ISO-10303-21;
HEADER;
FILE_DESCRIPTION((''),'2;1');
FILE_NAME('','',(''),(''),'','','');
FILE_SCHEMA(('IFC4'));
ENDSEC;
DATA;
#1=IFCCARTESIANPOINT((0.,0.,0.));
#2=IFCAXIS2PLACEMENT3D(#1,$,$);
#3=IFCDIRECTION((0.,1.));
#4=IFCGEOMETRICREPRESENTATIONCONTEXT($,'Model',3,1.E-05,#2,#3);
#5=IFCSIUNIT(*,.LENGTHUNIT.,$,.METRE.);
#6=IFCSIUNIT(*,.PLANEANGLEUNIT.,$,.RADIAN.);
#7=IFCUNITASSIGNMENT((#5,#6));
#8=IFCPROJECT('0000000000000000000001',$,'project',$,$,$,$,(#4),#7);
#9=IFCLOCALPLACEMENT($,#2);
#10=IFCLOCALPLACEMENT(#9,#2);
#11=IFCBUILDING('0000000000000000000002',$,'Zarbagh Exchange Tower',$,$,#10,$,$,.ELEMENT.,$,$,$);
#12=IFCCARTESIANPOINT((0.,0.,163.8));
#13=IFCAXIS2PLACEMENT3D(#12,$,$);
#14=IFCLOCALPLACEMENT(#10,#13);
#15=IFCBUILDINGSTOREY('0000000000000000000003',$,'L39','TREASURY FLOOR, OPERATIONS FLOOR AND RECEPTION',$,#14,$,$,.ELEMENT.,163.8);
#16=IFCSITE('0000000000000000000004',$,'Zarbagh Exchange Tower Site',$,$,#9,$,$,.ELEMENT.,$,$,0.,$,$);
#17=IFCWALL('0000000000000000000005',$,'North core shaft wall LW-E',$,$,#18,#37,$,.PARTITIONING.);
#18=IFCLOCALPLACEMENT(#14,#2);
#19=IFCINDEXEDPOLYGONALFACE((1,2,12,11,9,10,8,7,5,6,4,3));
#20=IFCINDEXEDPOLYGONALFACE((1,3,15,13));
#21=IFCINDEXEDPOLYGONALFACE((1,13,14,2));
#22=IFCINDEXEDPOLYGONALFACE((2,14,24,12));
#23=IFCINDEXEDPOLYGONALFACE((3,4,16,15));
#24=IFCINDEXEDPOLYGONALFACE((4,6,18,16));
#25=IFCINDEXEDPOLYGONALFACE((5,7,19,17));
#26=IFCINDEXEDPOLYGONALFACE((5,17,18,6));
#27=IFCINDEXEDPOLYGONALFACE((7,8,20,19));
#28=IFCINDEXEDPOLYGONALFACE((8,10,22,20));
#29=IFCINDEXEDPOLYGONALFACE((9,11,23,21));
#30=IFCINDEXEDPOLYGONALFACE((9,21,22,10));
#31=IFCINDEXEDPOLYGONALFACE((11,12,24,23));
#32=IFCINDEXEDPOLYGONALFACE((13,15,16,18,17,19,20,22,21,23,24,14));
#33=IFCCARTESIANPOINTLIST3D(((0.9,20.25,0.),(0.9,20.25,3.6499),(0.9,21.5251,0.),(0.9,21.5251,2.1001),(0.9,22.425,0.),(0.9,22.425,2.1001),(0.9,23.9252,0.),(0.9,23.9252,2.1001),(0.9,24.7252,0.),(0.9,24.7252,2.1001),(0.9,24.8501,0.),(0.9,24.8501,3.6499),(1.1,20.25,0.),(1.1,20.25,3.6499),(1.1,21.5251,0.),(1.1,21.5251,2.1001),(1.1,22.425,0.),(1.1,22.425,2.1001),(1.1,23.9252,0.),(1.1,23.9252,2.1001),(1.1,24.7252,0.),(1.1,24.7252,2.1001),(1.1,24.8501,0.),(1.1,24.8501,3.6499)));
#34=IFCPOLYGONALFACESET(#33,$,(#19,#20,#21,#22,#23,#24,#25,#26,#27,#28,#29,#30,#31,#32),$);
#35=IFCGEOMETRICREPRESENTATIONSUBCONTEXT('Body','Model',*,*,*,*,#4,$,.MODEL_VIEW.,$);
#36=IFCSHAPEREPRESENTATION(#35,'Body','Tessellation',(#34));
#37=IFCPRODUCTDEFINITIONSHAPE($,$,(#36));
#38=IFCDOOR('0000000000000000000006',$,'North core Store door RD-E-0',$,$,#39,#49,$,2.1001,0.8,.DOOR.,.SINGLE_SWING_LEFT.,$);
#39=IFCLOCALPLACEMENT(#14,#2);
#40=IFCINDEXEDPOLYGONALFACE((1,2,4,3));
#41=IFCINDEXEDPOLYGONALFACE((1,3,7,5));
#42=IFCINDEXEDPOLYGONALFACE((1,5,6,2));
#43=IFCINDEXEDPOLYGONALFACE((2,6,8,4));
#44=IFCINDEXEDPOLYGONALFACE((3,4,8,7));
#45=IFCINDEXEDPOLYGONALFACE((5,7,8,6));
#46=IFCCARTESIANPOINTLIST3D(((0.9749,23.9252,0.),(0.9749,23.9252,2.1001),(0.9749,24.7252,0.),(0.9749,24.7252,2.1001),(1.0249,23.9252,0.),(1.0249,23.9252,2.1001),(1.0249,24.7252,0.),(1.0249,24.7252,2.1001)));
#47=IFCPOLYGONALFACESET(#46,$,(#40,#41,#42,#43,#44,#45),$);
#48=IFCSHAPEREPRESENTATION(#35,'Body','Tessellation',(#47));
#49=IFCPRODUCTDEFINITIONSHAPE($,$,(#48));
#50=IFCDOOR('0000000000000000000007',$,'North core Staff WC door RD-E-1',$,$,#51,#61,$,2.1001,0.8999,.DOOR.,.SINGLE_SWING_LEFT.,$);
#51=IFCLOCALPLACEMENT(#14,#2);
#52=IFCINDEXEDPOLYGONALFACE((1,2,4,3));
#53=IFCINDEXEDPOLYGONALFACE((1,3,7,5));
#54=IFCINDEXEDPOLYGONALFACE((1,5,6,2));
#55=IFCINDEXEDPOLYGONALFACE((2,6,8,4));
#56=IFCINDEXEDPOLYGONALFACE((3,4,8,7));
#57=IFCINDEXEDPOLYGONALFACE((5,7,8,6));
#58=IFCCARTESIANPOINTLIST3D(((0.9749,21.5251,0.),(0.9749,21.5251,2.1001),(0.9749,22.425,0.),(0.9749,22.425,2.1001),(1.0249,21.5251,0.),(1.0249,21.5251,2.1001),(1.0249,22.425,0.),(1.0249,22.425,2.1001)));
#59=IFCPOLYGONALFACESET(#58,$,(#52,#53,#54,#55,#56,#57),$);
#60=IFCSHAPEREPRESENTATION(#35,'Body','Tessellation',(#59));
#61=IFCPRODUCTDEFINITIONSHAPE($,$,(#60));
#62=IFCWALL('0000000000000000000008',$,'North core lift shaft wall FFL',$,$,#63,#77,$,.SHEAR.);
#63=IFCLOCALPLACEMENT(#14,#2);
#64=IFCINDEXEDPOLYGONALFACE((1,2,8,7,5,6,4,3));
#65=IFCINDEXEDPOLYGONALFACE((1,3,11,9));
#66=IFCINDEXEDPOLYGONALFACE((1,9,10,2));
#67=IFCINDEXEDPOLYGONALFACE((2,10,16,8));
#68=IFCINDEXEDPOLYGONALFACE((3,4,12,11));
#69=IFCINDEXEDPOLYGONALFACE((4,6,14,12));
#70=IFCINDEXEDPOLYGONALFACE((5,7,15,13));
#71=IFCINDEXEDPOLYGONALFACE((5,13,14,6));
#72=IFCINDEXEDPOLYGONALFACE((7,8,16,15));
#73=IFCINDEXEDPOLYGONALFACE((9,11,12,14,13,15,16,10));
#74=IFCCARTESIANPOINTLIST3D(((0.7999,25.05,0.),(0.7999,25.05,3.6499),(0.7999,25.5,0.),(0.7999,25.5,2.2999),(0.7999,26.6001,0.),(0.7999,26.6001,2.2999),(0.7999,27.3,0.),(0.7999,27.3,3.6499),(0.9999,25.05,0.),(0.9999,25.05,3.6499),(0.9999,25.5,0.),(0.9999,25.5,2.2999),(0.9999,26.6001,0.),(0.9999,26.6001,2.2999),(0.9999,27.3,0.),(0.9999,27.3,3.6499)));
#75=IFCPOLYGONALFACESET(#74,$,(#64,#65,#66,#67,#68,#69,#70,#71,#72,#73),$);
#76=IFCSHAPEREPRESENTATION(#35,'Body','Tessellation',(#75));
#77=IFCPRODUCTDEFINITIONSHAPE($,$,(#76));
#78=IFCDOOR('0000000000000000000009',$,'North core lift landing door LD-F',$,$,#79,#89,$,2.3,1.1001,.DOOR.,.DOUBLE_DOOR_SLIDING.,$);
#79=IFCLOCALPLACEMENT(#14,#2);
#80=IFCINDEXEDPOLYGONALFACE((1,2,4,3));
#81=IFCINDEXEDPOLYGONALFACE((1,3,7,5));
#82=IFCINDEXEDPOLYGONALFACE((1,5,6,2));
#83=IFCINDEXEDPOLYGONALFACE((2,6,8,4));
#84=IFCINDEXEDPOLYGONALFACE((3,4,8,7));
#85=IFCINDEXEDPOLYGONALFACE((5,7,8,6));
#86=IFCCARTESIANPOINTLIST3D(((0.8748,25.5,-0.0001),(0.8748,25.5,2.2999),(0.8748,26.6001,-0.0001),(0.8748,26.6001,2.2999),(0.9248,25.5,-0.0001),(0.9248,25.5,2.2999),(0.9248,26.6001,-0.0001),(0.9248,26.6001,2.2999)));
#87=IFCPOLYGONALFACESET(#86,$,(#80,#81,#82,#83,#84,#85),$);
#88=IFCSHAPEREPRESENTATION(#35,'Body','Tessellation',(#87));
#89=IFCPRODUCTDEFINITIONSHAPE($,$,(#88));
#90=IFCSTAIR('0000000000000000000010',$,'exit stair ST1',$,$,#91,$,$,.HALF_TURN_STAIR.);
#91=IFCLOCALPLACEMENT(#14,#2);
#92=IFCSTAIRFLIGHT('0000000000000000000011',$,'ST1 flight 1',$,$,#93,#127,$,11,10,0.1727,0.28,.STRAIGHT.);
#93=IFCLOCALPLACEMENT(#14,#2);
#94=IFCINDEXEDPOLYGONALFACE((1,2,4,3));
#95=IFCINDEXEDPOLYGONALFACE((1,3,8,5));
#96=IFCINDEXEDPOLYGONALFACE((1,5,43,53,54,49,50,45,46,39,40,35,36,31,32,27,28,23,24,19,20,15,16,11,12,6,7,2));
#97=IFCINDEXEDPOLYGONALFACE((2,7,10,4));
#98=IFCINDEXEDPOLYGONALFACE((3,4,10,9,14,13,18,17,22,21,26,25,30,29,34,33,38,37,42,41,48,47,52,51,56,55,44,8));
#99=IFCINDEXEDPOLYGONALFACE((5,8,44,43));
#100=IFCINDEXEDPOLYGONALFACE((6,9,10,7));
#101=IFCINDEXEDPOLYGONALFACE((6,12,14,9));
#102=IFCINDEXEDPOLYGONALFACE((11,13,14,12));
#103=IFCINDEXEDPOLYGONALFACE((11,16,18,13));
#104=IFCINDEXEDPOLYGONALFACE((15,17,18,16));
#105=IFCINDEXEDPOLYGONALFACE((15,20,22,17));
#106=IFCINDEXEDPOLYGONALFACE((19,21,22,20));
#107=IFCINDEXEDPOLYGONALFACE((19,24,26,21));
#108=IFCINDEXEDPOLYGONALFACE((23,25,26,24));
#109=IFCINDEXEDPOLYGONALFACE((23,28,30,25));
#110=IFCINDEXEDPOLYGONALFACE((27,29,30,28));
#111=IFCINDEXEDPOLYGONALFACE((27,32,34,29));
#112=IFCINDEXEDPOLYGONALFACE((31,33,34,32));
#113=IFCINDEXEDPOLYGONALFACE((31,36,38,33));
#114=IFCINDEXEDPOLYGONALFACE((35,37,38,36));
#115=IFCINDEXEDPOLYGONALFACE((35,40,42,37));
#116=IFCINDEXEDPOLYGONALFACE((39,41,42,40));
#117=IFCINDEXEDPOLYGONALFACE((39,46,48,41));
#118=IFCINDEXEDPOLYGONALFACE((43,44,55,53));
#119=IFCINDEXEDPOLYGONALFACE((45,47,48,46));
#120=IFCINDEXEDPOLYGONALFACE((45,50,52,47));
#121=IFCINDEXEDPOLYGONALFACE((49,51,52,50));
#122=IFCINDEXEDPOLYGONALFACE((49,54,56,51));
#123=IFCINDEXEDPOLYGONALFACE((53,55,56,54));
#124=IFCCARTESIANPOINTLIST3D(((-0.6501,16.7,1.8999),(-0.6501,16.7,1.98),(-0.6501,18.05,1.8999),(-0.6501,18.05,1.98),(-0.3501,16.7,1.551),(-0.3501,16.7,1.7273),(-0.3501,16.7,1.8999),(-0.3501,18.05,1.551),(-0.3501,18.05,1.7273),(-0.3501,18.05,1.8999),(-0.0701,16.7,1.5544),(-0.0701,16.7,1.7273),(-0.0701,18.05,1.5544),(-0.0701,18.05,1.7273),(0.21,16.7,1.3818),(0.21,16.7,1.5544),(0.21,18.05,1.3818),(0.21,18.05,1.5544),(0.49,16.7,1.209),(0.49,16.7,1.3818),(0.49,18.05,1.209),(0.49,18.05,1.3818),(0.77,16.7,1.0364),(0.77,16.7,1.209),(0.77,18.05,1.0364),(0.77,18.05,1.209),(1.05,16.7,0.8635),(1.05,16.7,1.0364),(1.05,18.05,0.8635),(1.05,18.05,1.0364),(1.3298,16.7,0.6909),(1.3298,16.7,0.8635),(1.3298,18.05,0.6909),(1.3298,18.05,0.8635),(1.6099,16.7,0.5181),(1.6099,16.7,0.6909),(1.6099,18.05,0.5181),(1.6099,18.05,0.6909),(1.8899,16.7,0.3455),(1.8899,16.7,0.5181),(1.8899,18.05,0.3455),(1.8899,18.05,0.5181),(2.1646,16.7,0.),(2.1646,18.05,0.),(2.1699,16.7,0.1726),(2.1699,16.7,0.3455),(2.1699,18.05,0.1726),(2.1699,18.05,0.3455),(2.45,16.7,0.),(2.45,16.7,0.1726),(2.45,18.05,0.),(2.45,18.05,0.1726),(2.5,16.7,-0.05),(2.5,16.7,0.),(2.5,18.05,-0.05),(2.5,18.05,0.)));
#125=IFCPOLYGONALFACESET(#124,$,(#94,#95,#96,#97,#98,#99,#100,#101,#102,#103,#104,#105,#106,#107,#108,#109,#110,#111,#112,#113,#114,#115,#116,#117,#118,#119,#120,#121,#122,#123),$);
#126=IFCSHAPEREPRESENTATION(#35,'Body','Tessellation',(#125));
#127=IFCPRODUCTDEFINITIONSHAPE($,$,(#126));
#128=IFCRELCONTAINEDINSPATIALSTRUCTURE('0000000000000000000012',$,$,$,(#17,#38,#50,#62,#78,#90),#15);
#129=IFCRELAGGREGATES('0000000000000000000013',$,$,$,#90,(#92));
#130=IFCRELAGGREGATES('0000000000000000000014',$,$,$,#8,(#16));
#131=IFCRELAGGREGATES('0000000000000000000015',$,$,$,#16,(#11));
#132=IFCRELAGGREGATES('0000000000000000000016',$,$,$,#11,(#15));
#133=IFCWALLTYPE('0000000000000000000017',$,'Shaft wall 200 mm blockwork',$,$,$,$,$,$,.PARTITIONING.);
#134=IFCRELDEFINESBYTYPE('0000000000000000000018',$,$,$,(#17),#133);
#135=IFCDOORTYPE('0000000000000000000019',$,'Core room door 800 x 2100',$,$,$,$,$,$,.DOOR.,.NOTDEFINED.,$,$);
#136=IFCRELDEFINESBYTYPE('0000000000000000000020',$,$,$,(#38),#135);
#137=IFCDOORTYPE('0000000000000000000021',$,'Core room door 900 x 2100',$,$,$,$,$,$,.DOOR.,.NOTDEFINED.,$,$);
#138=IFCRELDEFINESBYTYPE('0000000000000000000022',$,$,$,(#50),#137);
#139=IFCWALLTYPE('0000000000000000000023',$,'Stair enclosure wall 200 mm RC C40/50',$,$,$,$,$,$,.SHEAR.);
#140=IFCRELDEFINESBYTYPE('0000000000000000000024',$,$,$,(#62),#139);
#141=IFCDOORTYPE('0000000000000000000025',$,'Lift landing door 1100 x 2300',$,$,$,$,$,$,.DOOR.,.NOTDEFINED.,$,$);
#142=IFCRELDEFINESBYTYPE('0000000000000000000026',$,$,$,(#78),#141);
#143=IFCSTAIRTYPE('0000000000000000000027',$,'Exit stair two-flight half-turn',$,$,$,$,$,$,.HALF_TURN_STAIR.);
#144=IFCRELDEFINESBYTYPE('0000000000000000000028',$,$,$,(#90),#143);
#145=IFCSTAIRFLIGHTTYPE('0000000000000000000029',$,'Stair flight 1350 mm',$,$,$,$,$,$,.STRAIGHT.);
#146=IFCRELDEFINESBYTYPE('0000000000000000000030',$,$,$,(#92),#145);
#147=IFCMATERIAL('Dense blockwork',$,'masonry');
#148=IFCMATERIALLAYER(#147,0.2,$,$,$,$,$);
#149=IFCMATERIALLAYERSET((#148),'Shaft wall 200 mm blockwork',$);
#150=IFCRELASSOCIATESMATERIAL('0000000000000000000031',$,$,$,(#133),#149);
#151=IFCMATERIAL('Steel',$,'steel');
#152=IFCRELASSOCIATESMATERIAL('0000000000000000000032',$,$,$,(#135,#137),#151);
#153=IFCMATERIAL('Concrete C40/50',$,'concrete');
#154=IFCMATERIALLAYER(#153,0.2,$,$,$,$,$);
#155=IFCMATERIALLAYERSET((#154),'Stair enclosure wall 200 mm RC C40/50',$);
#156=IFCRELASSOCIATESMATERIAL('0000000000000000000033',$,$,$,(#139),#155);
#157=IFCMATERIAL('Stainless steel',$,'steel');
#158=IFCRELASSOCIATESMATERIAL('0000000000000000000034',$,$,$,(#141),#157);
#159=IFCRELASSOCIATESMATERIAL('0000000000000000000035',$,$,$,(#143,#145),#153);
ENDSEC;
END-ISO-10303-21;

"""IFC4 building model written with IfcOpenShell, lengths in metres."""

from ifc_helpers import new_model, si_unit, direction, frame, frame_2d, origin, place, context, subcontext, project, spatial, polyline, rectangle, outline, extrude, material, layer, layer_set, type_object, element, fill, aggregate, save


model = new_model("IFC4")

# Units and contexts
model_context = context("Model", 3, precision=1e-05, world=origin(), true_north=direction((0.0, 1.0)))
body_context = subcontext(model_context, "Body", "Model", "MODEL_VIEW")
ifc_project = project(units=[si_unit("LENGTHUNIT", "METRE"), si_unit("PLANEANGLEUNIT", "RADIAN")], contexts=[model_context])

# Site, building, storey
site_placement = place(None, origin())
site = spatial("IfcSite", under=ifc_project, at=site_placement, Name="Zarbagh Exchange Tower Site", CompositionType="ELEMENT", RefElevation=0.0)
building_placement = place(site_placement, origin())
building = spatial("IfcBuilding", under=site, at=building_placement, Name="Zarbagh Exchange Tower", CompositionType="ELEMENT")
storey_placement = place(building_placement, frame((0.0, 0.0, 163.8)))
storey = spatial("IfcBuildingStorey", under=building, at=storey_placement, Name="L39", Description="TREASURY FLOOR, OPERATIONS FLOOR AND RECEPTION", CompositionType="ELEMENT", Elevation=163.8)

# Shared definitions
ifc_material_1 = material(Name="Dense blockwork", Category="masonry")

# Shared definitions
ifc_material_2 = material(Name="Steel", Category="steel")

# Shared definitions
ifc_layer_1 = layer(ifc_material_1, 0.2)
ifc_layer_set_1 = layer_set([ifc_layer_1], Name="Shaft wall 200 mm blockwork")
wall_type_1 = type_object("IfcWallType", Name="Shaft wall 200 mm blockwork", PredefinedType="PARTITIONING", material=ifc_layer_set_1)

# Wall, openings, doors
wall_1_placement = place(storey_placement, frame((1.0, 24.8501, 0.0), z_axis=(0.0, 0.0, 1.0), x_axis=(0.0, -1.0, 0.0)))
wall_1 = element("IfcWall", 1, at=wall_1_placement, inside=storey, type_object=wall_type_1, Name="North core shaft wall LW-E", PredefinedType="PARTITIONING", context=body_context, shape_type="SweptSolid", body=[
    extrude(rectangle(XDim=4.6001, YDim=0.2, at=frame_2d((2.3, 0.0))), origin(), (0.0, 0.0, 1.0), 3.6499),
])
opening_1_placement = place(wall_1_placement, frame((0.125, 0.0, 0.0)))
opening_1 = element("IfcOpeningElement", 2, at=opening_1_placement, cuts=wall_1, PredefinedType="OPENING", context=body_context, shape_type="SweptSolid", body=[
    extrude(rectangle(XDim=0.8, YDim=2.1001, at=frame_2d((0.3999, 1.05))), frame((0.0, 0.1099, 0.0), z_axis=(0.0, -1.0, 0.0), x_axis=(1.0, 0.0, 0.0)), (0.0, 0.0, 1.0), 0.22),
])
opening_2_placement = place(wall_1_placement, frame((2.425, 0.0, 0.0)))
opening_2 = element("IfcOpeningElement", 3, at=opening_2_placement, cuts=wall_1, PredefinedType="OPENING", context=body_context, shape_type="SweptSolid", body=[
    extrude(rectangle(XDim=0.8999, YDim=2.1001, at=frame_2d((0.45, 1.05))), frame((0.0, 0.1099, 0.0), z_axis=(0.0, -1.0, 0.0), x_axis=(1.0, 0.0, 0.0)), (0.0, 0.0, 1.0), 0.22),
])
door_type_1 = type_object("IfcDoorType", Name="Core room door 800 x 2100", OperationType="NOTDEFINED", PredefinedType="DOOR", material=ifc_material_2)
door_1_placement = place(opening_1_placement, origin())
door_1 = element("IfcDoor", 4, at=door_1_placement, inside=storey, type_object=door_type_1, Name="North core Store door RD-E-0", OperationType="SINGLE_SWING_LEFT", OverallHeight=2.1001, OverallWidth=0.8, PredefinedType="DOOR", context=body_context, shape_type="SweptSolid", body=[
    extrude(rectangle(XDim=0.8, YDim=2.1001, at=frame_2d((0.3999, 1.05))), frame((0.0, 0.0249, 0.0), z_axis=(0.0, -1.0, 0.0), x_axis=(1.0, 0.0, 0.0)), (0.0, 0.0, 1.0), 0.05),
])
fill(opening_1, door_1)
door_type_2 = type_object("IfcDoorType", Name="Core room door 900 x 2100", OperationType="NOTDEFINED", PredefinedType="DOOR", material=ifc_material_2)
door_2_placement = place(opening_2_placement, origin())
door_2 = element("IfcDoor", 5, at=door_2_placement, inside=storey, type_object=door_type_2, Name="North core Staff WC door RD-E-1", OperationType="SINGLE_SWING_LEFT", OverallHeight=2.1001, OverallWidth=0.8999, PredefinedType="DOOR", context=body_context, shape_type="SweptSolid", body=[
    extrude(rectangle(XDim=0.8999, YDim=2.1001, at=frame_2d((0.45, 1.05))), frame((0.0, 0.0249, 0.0), z_axis=(0.0, -1.0, 0.0), x_axis=(1.0, 0.0, 0.0)), (0.0, 0.0, 1.0), 0.05),
])
fill(opening_2, door_2)

# Wall, opening, door
ifc_material_3 = material(Name="Concrete C40/50", Category="concrete")
ifc_layer_2 = layer(ifc_material_3, 0.2)
ifc_layer_set_2 = layer_set([ifc_layer_2], Name="Stair enclosure wall 200 mm RC C40/50")
wall_type_2 = type_object("IfcWallType", Name="Stair enclosure wall 200 mm RC C40/50", PredefinedType="SHEAR", material=ifc_layer_set_2)
wall_2_placement = place(storey_placement, frame((0.8999, 27.3, 0.0), z_axis=(0.0, 0.0, 1.0), x_axis=(0.0, -1.0, 0.0)))
wall_2 = element("IfcWall", 6, at=wall_2_placement, inside=storey, type_object=wall_type_2, Name="North core lift shaft wall FFL", PredefinedType="SHEAR", context=body_context, shape_type="SweptSolid", body=[
    extrude(rectangle(XDim=2.25, YDim=0.2, at=frame_2d((1.125, 0.0))), origin(), (0.0, 0.0, 1.0), 3.6499),
])
opening_3_placement = place(wall_2_placement, frame((0.7, 0.0, 0.0)))
opening_3 = element("IfcOpeningElement", 7, at=opening_3_placement, cuts=wall_2, PredefinedType="OPENING", context=body_context, shape_type="SweptSolid", body=[
    extrude(rectangle(XDim=1.1001, YDim=2.3, at=frame_2d((0.55, 1.1499))), frame((0.0, 0.1099, 0.0), z_axis=(0.0, -1.0, 0.0), x_axis=(1.0, 0.0, 0.0)), (0.0, 0.0, 1.0), 0.22),
])
ifc_material_4 = material(Name="Stainless steel", Category="steel")
door_type_3 = type_object("IfcDoorType", Name="Lift landing door 1100 x 2300", OperationType="NOTDEFINED", PredefinedType="DOOR", material=ifc_material_4)
door_3_placement = place(opening_3_placement, origin())
door_3 = element("IfcDoor", 8, at=door_3_placement, inside=storey, type_object=door_type_3, Name="North core lift landing door LD-F", OperationType="DOUBLE_DOOR_SLIDING", OverallHeight=2.3, OverallWidth=1.1001, PredefinedType="DOOR", context=body_context, shape_type="SweptSolid", body=[
    extrude(rectangle(XDim=1.1001, YDim=2.3, at=frame_2d((0.55, 1.1499))), frame((0.0, 0.0249, 0.0), z_axis=(0.0, -1.0, 0.0), x_axis=(1.0, 0.0, 0.0)), (0.0, 0.0, 1.0), 0.05),
])
fill(opening_3, door_3)

# Stair, stair flight
stair_type = type_object("IfcStairType", Name="Exit stair two-flight half-turn", PredefinedType="HALF_TURN_STAIR", material=ifc_material_3)
stair_placement = place(storey_placement, origin())
stair = element("IfcStair", 9, at=stair_placement, inside=storey, type_object=stair_type, Name="exit stair ST1", PredefinedType="HALF_TURN_STAIR")
stair_flight_type = type_object("IfcStairFlightType", Name="Stair flight 1350 mm", PredefinedType="STRAIGHT", material=ifc_material_3)
stair_flight_placement = place(storey_placement, frame((2.45, 17.375, 0.0), z_axis=(0.0, 0.0, 1.0), x_axis=(-1.0, 0.0, 0.0)))
stair_flight = element("IfcStairFlight", 10, at=stair_flight_placement, type_object=stair_flight_type, Name="ST1 flight 1", NumberOfRisers=11, NumberOfTreads=10, PredefinedType="STRAIGHT", RiserHeight=0.1727, TreadLength=0.28, context=body_context, shape_type="SweptSolid", body=[
    extrude(outline(polyline([(-0.05, -0.05), (-0.05, 0.0), (0.0, 0.0), (0.0, 0.1726), (0.28, 0.1726), (0.28, 0.3455), (0.5601, 0.3455), (0.5601, 0.5181), (0.8401, 0.5181), (0.8401, 0.6909), (1.1201, 0.6909), (1.1201, 0.8635), (1.3999, 0.8635), (1.3999, 1.0364), (1.6799, 1.0364), (1.6799, 1.209), (1.96, 1.209), (1.96, 1.3818), (2.24, 1.3818), (2.24, 1.5544), (2.52, 1.5544), (2.52, 1.7273), (2.8, 1.7273), (2.8, 1.8999), (3.1001, 1.98), (3.1001, 1.8999), (2.8, 1.551), (0.2854, 0.0), (-0.05, -0.05)])), frame((0.0, 0.675, 0.0), z_axis=(0.0, -1.0, 0.0), x_axis=(1.0, 0.0, 0.0)), (0.0, 0.0, 1.0), 1.3501),
])
aggregate(stair, [stair_flight])

save(model, "model.ifc")
